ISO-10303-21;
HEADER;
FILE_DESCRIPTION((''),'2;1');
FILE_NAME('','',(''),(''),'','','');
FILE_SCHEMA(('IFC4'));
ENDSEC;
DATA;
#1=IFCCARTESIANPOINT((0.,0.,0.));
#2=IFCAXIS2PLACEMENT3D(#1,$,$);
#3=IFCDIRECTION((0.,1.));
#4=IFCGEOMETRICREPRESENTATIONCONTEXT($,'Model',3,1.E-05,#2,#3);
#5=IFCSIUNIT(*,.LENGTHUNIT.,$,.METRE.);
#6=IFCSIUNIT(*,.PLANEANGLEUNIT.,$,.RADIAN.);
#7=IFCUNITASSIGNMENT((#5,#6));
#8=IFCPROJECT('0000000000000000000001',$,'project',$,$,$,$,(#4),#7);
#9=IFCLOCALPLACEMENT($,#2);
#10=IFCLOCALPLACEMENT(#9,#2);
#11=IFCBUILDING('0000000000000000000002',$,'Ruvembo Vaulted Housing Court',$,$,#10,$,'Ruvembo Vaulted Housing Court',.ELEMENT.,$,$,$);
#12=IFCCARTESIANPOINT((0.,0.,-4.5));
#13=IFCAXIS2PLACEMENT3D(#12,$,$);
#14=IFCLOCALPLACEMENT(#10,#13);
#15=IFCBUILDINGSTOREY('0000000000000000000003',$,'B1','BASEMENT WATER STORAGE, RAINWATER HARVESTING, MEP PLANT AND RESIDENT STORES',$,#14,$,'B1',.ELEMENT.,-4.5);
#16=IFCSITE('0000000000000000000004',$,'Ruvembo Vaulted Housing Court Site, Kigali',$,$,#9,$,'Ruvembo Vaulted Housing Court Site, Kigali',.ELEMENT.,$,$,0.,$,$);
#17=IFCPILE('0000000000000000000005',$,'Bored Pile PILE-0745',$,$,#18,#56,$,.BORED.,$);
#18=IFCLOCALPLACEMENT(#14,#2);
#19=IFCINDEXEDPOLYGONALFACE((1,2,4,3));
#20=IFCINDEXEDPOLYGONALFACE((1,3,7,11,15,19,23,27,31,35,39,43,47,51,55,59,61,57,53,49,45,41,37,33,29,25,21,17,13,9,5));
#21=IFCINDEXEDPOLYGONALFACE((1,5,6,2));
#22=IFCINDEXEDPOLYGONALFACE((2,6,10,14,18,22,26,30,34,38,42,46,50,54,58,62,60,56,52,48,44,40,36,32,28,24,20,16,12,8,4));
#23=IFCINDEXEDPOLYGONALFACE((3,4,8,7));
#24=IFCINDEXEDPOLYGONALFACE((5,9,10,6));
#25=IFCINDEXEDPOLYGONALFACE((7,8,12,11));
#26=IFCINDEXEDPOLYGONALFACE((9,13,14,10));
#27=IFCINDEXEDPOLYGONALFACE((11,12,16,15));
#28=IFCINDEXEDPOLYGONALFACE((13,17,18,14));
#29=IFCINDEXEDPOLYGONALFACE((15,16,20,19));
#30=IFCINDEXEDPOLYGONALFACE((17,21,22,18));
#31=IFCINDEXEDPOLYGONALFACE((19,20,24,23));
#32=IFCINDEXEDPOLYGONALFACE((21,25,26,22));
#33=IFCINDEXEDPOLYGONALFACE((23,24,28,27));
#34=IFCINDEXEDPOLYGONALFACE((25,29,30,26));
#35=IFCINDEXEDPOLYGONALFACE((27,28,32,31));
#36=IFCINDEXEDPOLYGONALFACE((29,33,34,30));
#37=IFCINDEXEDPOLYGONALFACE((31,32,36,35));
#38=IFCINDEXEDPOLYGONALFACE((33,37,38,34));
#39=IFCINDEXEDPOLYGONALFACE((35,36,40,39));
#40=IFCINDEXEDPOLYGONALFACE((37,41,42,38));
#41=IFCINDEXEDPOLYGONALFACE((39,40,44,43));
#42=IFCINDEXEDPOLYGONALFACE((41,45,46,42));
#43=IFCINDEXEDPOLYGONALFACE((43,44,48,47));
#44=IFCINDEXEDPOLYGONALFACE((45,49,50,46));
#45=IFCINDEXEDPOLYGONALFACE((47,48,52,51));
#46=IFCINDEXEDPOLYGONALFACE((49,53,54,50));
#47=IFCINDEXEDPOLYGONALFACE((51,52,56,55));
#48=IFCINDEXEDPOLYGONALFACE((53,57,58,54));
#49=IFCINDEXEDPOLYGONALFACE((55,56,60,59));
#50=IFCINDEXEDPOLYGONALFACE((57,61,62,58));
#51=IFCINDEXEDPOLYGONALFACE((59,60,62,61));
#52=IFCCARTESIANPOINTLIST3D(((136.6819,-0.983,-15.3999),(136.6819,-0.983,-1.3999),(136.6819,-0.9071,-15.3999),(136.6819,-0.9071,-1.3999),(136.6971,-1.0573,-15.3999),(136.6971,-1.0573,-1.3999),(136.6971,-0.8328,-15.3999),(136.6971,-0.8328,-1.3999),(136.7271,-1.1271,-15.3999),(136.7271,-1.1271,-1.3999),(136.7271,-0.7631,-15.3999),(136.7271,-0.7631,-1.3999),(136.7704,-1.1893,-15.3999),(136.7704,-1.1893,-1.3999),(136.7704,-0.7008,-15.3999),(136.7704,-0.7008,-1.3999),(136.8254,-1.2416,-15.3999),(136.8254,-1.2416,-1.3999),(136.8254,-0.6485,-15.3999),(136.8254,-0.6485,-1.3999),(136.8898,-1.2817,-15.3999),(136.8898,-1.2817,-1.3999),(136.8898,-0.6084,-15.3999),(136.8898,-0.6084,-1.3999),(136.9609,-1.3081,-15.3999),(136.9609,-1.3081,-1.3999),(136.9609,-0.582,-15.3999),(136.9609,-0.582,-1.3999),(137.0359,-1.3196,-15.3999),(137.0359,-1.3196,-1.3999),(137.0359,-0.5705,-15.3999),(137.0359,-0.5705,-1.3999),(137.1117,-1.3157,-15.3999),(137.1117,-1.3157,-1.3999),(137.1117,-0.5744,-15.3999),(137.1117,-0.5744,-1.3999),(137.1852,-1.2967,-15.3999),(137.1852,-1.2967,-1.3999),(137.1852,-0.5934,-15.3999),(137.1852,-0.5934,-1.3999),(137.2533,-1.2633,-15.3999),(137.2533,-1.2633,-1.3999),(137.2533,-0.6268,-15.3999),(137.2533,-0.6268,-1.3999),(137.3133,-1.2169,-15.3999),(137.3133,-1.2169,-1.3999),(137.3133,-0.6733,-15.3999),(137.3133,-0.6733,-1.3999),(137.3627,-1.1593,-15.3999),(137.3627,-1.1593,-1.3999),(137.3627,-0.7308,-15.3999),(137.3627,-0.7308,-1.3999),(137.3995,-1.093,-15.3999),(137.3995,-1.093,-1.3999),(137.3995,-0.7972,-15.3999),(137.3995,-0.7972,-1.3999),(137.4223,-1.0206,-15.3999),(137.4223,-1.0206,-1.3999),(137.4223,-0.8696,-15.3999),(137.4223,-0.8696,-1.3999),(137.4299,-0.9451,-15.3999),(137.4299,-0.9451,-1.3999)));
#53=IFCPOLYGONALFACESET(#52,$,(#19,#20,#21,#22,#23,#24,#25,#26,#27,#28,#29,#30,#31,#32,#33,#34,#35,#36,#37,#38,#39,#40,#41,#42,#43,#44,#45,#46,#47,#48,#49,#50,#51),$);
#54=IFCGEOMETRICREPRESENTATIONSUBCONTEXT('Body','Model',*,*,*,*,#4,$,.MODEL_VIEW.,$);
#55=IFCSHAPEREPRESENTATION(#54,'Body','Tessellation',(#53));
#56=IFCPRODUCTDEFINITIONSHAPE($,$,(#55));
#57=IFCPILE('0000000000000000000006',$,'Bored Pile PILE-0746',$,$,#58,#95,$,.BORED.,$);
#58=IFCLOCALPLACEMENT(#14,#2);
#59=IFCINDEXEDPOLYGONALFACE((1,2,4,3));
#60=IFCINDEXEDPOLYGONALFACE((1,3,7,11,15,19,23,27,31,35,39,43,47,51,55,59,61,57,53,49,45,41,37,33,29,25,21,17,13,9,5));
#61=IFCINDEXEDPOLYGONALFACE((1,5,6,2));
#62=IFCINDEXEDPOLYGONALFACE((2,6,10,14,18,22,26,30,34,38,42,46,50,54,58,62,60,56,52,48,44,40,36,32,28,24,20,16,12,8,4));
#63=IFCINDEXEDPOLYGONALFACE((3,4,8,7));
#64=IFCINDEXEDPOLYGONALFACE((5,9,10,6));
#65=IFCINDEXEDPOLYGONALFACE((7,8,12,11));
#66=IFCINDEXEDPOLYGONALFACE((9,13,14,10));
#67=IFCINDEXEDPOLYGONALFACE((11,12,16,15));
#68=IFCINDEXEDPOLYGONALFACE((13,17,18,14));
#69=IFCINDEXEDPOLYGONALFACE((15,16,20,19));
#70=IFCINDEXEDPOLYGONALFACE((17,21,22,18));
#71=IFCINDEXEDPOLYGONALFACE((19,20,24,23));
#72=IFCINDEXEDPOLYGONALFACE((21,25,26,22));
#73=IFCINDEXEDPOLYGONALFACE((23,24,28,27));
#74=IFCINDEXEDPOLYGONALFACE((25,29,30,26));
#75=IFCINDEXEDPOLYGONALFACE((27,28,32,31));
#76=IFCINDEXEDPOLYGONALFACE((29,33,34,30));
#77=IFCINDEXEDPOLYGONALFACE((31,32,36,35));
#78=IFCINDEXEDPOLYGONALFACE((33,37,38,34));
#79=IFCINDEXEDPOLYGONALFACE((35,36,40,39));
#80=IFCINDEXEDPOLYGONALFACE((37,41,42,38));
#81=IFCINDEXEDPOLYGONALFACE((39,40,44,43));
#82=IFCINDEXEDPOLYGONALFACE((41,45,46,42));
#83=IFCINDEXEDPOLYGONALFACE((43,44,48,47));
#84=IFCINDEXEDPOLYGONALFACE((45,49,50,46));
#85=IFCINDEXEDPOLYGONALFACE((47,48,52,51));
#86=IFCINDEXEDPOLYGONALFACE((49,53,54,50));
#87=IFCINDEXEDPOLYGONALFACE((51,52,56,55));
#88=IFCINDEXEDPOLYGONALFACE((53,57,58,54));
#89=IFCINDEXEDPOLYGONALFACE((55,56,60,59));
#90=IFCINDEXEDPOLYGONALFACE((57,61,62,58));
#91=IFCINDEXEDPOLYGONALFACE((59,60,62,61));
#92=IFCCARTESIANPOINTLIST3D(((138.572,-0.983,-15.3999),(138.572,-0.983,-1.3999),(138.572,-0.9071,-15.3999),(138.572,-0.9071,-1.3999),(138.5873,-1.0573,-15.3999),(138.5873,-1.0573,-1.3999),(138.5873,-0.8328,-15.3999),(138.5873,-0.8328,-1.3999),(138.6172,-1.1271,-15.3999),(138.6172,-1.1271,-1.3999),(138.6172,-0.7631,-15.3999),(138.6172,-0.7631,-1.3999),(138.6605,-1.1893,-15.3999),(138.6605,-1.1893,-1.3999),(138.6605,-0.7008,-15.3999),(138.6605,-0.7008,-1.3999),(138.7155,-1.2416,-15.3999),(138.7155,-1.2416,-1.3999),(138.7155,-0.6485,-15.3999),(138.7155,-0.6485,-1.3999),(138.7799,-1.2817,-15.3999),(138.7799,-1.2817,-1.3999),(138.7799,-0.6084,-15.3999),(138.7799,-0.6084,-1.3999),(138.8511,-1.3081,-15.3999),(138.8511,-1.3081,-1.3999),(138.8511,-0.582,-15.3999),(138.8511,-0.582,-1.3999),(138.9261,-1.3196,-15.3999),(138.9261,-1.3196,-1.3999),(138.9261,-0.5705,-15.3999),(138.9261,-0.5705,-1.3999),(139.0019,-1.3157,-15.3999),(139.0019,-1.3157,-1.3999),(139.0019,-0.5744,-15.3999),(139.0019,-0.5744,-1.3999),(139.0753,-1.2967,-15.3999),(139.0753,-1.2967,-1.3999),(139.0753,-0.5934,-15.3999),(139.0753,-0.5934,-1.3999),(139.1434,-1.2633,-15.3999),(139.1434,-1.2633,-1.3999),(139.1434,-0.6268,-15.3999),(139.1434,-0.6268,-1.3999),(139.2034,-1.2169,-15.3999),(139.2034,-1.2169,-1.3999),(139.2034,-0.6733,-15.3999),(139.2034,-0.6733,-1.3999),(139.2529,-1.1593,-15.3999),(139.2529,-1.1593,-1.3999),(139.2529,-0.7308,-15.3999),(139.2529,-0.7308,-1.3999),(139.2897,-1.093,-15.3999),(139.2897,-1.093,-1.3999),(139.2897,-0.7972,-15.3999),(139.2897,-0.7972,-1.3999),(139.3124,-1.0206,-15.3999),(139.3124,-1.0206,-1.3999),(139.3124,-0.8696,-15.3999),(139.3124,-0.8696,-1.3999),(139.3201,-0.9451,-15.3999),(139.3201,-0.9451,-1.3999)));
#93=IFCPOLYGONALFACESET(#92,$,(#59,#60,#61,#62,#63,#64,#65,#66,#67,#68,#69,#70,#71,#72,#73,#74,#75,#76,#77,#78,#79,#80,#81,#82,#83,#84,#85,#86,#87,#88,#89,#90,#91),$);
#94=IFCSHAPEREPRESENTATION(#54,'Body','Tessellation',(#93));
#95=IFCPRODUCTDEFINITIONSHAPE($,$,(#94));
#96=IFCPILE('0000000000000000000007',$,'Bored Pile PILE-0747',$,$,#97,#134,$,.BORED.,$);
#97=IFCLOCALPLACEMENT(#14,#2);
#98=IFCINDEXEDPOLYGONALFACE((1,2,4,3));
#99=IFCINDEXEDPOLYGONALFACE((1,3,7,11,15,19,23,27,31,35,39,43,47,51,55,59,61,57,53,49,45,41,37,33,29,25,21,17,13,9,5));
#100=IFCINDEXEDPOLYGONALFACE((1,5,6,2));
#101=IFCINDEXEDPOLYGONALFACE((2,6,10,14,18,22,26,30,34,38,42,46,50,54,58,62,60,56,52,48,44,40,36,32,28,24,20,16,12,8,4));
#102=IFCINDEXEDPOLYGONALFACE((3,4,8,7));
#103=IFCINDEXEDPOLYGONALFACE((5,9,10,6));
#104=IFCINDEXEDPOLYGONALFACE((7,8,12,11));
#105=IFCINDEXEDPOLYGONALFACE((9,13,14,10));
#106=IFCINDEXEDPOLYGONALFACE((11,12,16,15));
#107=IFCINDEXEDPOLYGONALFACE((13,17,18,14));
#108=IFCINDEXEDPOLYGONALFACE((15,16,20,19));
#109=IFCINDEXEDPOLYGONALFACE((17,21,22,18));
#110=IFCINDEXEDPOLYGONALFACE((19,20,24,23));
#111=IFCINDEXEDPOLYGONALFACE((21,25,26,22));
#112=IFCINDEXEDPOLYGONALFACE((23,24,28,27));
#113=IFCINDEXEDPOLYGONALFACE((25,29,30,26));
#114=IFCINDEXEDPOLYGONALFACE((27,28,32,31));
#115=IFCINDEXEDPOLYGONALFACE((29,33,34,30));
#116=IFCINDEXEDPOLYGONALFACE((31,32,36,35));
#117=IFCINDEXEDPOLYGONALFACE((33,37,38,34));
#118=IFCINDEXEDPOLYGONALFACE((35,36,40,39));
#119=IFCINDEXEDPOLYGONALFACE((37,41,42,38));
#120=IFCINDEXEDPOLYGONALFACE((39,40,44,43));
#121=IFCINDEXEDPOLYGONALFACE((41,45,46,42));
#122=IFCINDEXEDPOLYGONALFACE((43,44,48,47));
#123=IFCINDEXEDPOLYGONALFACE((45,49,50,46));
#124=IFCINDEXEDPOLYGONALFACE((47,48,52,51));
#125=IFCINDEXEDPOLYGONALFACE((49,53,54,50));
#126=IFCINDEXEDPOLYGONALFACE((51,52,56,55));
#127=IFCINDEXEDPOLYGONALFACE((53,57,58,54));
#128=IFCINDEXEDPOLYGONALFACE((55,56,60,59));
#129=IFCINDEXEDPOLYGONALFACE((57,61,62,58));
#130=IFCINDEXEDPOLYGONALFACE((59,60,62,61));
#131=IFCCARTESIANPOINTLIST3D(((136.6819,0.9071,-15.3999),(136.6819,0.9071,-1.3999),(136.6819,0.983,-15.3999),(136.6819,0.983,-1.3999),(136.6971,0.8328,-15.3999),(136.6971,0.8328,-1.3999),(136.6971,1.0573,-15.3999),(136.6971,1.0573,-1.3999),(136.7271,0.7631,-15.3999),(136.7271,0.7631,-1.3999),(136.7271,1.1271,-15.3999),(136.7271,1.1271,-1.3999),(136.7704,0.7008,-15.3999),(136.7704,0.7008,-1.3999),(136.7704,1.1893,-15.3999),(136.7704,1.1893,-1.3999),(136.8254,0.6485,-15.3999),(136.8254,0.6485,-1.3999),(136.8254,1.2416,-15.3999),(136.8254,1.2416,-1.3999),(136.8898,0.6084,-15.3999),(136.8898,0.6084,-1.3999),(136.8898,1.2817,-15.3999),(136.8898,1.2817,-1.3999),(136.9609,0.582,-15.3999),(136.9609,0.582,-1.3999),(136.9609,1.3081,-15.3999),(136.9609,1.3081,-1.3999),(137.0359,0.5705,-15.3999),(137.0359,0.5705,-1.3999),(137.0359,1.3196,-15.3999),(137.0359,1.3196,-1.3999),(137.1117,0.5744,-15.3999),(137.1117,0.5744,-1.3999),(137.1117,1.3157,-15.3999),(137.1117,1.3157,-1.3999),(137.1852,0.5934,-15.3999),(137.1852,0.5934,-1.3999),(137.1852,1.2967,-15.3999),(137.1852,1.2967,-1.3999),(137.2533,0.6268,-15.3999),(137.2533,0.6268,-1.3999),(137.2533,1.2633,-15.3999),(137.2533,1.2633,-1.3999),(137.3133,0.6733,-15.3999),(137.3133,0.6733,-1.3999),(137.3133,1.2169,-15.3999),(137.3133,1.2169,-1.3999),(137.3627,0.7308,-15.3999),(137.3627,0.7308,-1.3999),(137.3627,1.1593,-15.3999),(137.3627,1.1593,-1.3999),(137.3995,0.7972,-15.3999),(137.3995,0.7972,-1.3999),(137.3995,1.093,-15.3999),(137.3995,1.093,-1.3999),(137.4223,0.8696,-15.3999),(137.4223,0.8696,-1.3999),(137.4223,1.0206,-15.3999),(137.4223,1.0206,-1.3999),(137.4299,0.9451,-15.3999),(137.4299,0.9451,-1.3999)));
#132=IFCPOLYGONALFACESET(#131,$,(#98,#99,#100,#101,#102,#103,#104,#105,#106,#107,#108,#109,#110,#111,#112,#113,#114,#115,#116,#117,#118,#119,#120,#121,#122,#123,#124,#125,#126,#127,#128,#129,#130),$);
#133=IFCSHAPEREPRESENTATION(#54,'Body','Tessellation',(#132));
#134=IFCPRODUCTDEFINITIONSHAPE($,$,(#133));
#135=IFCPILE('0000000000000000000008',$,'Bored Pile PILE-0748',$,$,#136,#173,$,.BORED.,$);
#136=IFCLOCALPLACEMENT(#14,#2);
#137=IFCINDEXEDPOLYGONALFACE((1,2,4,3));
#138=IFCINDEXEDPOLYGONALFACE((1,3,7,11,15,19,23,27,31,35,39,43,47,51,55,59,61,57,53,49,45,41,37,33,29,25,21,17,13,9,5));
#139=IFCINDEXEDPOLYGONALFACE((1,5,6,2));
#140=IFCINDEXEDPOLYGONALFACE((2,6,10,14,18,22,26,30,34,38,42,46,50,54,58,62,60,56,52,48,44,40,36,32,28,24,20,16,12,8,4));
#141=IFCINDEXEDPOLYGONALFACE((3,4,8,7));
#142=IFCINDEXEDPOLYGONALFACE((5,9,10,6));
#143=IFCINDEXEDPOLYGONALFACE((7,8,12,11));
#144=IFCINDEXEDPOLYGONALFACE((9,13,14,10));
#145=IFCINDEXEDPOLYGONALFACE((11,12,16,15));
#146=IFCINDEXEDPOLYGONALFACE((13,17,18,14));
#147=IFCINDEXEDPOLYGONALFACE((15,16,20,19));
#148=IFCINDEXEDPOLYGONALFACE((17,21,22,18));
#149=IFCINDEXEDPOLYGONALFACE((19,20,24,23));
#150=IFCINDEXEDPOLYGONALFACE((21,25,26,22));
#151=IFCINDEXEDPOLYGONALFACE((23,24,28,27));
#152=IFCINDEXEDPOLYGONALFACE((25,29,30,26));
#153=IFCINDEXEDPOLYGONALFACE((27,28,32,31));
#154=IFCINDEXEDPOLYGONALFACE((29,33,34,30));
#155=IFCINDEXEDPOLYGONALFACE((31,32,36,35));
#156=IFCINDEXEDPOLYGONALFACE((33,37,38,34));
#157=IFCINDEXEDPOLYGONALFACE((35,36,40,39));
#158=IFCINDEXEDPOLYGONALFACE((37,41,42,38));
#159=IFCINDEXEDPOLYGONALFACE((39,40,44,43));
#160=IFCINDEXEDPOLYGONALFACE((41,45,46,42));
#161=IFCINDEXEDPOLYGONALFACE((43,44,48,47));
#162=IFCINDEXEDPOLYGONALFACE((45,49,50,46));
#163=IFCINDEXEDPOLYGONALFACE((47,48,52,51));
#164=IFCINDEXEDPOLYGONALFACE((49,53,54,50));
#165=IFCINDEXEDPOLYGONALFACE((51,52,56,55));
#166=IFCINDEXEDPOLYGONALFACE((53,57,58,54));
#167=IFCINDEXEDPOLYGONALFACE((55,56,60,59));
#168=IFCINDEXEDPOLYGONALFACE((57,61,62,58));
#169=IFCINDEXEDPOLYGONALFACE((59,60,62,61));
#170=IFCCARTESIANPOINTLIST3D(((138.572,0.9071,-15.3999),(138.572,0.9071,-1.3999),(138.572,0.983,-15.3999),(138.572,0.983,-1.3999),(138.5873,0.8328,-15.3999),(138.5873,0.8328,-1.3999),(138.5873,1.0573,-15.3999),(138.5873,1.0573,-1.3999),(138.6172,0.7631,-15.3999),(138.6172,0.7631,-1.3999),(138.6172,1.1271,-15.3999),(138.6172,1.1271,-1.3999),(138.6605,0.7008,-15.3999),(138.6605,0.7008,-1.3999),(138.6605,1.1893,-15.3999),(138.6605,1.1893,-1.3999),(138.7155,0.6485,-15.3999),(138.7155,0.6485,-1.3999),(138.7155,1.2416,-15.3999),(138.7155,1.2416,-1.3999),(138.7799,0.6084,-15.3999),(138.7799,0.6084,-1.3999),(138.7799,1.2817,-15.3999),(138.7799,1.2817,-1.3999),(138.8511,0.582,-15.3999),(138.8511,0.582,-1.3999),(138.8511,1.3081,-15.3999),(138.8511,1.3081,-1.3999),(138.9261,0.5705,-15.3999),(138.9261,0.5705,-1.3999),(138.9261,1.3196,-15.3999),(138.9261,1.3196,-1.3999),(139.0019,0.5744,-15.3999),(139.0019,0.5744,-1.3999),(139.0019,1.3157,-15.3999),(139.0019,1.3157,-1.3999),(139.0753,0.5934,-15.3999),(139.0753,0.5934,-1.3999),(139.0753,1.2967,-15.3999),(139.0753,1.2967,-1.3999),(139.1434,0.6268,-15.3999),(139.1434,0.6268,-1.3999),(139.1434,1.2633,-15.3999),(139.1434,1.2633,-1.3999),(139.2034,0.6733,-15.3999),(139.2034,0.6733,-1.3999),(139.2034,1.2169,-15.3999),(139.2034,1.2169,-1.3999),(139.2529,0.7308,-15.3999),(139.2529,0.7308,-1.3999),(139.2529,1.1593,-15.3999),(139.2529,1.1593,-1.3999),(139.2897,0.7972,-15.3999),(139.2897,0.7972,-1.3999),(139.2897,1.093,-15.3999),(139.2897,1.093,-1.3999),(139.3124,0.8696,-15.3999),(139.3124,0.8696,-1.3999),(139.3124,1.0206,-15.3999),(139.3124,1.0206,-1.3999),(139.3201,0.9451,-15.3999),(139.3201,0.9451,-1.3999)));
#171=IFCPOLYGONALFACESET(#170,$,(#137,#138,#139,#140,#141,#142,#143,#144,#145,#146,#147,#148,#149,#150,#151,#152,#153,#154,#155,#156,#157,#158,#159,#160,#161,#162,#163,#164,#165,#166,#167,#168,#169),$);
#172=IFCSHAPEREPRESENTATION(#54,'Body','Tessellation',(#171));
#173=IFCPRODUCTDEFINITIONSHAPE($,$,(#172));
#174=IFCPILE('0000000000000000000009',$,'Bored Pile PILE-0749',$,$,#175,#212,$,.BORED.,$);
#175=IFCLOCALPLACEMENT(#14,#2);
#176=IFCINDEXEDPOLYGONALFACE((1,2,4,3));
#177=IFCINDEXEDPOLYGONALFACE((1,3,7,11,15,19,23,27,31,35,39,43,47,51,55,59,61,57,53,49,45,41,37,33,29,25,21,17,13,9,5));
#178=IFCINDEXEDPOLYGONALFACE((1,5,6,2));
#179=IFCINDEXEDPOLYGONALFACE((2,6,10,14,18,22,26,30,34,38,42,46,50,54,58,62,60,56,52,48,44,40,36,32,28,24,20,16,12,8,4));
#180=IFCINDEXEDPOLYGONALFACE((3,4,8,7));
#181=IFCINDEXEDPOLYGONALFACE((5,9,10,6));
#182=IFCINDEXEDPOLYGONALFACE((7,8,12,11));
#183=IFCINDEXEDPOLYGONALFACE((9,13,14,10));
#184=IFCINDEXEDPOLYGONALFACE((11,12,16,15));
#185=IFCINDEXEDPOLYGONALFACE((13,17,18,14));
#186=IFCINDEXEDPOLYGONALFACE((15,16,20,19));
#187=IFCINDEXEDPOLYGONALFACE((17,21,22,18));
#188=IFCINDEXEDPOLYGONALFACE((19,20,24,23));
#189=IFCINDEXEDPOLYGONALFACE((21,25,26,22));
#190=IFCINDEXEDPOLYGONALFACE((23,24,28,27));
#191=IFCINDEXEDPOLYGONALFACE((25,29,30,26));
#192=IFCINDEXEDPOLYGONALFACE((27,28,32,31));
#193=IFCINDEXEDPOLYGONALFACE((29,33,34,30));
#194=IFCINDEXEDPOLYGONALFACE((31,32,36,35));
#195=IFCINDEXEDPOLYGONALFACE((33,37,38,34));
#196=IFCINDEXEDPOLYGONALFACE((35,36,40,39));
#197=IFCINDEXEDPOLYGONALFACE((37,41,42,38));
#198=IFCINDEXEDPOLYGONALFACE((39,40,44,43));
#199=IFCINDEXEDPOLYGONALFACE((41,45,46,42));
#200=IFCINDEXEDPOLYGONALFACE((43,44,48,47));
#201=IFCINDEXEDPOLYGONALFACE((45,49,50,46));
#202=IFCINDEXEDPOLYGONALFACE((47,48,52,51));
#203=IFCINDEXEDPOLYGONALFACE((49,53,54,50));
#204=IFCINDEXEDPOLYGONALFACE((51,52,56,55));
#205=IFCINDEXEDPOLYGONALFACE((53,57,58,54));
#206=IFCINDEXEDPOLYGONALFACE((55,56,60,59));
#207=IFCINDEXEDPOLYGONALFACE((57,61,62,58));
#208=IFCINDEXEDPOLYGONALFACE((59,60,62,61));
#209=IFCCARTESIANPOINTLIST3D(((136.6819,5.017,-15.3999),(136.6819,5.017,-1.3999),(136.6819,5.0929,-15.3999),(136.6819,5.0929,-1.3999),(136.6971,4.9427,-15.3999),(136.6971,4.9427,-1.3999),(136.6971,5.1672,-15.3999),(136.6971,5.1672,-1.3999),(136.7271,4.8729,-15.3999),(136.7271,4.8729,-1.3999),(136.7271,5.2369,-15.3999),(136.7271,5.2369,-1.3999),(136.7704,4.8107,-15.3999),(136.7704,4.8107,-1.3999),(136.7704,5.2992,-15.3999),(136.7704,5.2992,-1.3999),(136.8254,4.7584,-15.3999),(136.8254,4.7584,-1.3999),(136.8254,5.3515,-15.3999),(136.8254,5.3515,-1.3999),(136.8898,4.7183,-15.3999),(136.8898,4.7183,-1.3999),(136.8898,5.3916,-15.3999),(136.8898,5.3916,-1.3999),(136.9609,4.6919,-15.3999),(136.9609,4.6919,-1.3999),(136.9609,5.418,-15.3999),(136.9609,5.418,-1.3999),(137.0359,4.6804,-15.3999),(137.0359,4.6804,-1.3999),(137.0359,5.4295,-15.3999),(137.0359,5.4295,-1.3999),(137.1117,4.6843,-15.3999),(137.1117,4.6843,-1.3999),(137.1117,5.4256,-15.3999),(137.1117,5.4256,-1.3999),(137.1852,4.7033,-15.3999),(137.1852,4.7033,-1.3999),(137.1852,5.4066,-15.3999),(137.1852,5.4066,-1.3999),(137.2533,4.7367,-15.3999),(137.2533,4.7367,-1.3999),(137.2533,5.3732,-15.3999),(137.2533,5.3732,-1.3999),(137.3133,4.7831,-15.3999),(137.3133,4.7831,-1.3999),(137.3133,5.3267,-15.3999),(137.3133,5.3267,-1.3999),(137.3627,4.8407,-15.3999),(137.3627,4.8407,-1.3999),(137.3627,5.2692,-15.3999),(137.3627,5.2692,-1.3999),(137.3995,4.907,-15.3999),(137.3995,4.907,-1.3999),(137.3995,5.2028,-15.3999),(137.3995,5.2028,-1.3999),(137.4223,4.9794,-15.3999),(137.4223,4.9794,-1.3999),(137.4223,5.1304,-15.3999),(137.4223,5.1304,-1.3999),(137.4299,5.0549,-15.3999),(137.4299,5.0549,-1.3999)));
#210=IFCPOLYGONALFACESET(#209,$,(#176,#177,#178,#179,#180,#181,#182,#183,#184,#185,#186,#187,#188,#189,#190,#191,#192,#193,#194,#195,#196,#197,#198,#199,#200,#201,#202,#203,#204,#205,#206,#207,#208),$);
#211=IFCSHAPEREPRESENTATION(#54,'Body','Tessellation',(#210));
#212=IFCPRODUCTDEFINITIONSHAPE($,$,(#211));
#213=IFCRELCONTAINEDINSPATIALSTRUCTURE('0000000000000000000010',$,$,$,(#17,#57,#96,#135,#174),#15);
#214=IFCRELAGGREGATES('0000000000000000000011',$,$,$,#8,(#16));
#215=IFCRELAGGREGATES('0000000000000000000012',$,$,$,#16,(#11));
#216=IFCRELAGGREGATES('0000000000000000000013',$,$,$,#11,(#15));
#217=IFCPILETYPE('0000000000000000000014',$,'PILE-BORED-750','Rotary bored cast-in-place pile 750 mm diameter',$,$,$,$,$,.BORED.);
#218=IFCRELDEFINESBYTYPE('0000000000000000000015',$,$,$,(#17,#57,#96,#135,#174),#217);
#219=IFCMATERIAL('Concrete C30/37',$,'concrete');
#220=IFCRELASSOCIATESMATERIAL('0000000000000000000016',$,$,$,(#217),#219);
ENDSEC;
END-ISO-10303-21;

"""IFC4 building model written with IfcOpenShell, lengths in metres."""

from ifc_helpers import new_model, si_unit, direction, frame, origin, origin_2d, place, context, subcontext, project, spatial, circle, extrude, material, material_profile, profile_set, type_object, element, save


model = new_model("IFC4")

# Units and contexts
model_context = context("Model", 3, precision=1e-05, world=origin(), true_north=direction((0.0, 1.0)))
body_context = subcontext(model_context, "Body", "Model", "MODEL_VIEW")
ifc_project = project(units=[si_unit("LENGTHUNIT", "METRE"), si_unit("PLANEANGLEUNIT", "RADIAN")], contexts=[model_context])

# Site, building, storey
site_placement = place(None, origin())
site = spatial("IfcSite", under=ifc_project, at=site_placement, Name="Ruvembo Vaulted Housing Court Site, Kigali", LongName="Ruvembo Vaulted Housing Court Site, Kigali", CompositionType="ELEMENT", RefElevation=0.0)
building_placement = place(site_placement, origin())
building = spatial("IfcBuilding", under=site, at=building_placement, Name="Ruvembo Vaulted Housing Court", LongName="Ruvembo Vaulted Housing Court", CompositionType="ELEMENT")
storey_placement = place(building_placement, frame((0.0, 0.0, -4.5)))
storey = spatial("IfcBuildingStorey", under=building, at=storey_placement, Name="B1", Description="BASEMENT WATER STORAGE, RAINWATER HARVESTING, MEP PLANT AND RESIDENT STORES", LongName="B1", CompositionType="ELEMENT", Elevation=-4.5)

# Piles
ifc_material_1 = material(Name="Concrete C30/37", Category="concrete")
ifc_material_profile_1 = material_profile(ifc_material_1, circle(Radius=0.375, at=origin_2d()), Name="PILE D750")
ifc_profile_set_1 = profile_set([ifc_material_profile_1], Name="Concrete C30/37")
pile_type_1 = type_object("IfcPileType", Name="PILE-BORED-750", Description="Rotary bored cast-in-place pile 750 mm diameter", PredefinedType="BORED", material=ifc_profile_set_1)
for number, where, z_axis, x_axis, name in (
    (1, (137.0549, -0.9451, -1.3999), (0.0, 0.0, -1.0), (1.0, 0.0, 0.0), "Bored Pile PILE-0745"),
    (2, (138.9451, -0.9451, -1.3999), (0.0, 0.0, -1.0), (1.0, 0.0, 0.0), "Bored Pile PILE-0746"),
    (3, (137.0549, 0.9451, -1.3999), (0.0, 0.0, -1.0), (1.0, 0.0, 0.0), "Bored Pile PILE-0747"),
    (4, (138.9451, 0.9451, -1.3999), (0.0, 0.0, -1.0), (1.0, 0.0, 0.0), "Bored Pile PILE-0748"),
    (5, (137.0549, 5.0549, -1.3999), (0.0, 0.0, -1.0), (1.0, 0.0, 0.0), "Bored Pile PILE-0749"),
):
    element("IfcPile", number, at=place(storey_placement, frame(where, z_axis=z_axis, x_axis=x_axis)), inside=storey, type_object=pile_type_1, Name=name, PredefinedType="BORED", context=body_context, shape_type="SweptSolid", body=[
        extrude(circle(Radius=0.375, at=origin_2d()), origin(), (0.0, 0.0, 1.0), 14.0),
    ])

save(model, "model.ifc")
